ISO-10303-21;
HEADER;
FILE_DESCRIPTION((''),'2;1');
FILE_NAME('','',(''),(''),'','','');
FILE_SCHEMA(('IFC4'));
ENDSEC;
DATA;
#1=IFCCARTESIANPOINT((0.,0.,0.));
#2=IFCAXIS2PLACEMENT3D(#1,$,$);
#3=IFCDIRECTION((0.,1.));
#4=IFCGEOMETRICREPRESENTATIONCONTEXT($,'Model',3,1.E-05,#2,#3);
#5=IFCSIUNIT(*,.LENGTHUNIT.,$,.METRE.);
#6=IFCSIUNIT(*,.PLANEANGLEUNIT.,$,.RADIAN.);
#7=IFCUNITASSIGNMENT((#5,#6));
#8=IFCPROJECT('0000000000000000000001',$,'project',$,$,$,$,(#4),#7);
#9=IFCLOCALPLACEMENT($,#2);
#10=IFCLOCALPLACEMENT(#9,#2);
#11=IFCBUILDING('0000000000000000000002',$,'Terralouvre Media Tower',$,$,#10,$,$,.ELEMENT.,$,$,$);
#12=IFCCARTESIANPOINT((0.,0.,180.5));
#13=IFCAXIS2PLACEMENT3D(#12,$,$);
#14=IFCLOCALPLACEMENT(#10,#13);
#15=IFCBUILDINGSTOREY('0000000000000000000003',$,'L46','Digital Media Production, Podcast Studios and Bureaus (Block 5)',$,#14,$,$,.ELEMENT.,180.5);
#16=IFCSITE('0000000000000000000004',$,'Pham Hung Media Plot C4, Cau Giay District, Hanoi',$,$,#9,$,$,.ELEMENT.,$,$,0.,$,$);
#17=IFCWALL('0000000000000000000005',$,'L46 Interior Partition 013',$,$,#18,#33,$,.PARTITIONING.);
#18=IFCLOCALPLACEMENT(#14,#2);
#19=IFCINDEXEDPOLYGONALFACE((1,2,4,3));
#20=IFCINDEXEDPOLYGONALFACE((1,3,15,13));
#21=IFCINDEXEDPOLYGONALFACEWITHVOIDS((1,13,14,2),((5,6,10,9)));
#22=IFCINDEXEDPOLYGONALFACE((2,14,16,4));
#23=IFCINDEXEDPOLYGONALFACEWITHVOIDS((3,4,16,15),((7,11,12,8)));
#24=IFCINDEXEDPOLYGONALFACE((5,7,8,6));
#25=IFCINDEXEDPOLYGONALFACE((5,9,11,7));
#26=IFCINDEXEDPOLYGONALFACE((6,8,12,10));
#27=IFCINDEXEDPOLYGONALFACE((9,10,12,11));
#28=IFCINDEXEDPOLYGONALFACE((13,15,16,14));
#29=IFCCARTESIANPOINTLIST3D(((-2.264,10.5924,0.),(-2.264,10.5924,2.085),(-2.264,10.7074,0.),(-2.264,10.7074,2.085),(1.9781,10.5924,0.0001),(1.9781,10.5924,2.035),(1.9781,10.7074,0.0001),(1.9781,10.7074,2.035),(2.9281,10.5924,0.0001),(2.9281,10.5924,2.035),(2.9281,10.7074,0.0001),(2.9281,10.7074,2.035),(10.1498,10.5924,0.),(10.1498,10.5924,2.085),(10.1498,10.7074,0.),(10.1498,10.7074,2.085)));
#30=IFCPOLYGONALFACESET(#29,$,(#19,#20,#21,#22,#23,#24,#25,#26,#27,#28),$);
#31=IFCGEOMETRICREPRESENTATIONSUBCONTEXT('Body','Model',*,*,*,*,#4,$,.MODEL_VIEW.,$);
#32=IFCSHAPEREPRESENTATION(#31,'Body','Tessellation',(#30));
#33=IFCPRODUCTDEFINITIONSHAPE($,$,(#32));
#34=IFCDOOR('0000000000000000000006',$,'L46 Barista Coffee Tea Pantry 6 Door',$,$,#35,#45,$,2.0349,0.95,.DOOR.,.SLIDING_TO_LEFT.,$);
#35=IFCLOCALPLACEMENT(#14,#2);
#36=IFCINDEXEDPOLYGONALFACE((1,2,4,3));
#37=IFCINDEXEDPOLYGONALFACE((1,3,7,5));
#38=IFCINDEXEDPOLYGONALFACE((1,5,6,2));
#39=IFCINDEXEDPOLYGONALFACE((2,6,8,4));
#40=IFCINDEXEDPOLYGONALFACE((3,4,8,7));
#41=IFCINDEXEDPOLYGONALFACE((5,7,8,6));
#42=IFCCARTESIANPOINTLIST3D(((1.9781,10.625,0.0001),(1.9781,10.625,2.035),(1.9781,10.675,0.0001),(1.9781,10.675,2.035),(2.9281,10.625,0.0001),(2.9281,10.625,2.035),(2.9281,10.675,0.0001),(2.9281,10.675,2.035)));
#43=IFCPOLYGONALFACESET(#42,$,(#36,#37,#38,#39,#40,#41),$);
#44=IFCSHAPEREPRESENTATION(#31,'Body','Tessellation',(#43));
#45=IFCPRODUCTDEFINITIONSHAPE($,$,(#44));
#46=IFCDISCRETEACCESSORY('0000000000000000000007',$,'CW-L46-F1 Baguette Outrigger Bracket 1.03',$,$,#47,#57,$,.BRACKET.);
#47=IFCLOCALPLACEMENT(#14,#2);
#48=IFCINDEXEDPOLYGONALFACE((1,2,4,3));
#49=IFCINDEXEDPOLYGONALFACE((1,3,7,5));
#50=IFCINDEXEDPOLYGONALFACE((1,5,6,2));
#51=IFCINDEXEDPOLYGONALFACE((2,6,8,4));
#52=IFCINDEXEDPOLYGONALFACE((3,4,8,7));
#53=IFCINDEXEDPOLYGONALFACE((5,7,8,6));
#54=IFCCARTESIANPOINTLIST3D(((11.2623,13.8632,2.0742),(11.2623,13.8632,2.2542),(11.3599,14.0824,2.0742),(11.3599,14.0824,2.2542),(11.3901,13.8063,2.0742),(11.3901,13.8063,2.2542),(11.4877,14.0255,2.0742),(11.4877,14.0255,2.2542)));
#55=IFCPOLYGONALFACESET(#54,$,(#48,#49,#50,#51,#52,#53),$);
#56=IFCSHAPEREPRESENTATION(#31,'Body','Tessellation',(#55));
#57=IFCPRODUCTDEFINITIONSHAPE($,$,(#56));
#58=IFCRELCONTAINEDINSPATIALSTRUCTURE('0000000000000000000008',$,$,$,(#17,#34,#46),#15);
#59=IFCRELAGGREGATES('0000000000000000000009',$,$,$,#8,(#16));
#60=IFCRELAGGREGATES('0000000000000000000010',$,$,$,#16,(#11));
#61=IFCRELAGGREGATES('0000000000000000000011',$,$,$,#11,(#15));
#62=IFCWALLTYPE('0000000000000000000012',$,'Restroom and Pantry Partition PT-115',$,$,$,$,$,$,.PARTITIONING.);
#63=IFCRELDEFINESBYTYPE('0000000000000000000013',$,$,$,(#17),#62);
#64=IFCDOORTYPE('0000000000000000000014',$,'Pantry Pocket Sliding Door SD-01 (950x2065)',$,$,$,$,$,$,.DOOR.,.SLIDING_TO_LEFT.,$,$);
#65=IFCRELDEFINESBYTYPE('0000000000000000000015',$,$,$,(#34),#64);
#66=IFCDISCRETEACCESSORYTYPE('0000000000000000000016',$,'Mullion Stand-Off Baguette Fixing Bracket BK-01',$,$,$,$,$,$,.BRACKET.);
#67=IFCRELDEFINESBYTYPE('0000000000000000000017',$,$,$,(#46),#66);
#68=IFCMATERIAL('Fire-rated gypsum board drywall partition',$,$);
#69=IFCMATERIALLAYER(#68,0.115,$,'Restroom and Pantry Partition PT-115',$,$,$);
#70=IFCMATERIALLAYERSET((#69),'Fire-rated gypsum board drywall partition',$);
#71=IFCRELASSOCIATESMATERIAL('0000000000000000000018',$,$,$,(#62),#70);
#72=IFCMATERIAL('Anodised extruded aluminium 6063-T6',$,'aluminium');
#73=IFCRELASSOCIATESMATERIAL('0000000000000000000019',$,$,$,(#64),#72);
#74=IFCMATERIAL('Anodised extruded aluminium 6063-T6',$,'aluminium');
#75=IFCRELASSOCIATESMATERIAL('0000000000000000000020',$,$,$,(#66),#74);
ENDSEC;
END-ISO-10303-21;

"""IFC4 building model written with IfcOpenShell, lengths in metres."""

from ifc_helpers import new_model, si_unit, direction, frame, frame_2d, origin, origin_2d, place, context, subcontext, project, spatial, rectangle, extrude, material, layer, layer_set, type_object, element, fill, save


model = new_model("IFC4")

# Units and contexts
model_context = context("Model", 3, precision=1e-05, world=origin(), true_north=direction((0.0, 1.0)))
body_context = subcontext(model_context, "Body", "Model", "MODEL_VIEW")
ifc_project = project(units=[si_unit("LENGTHUNIT", "METRE"), si_unit("PLANEANGLEUNIT", "RADIAN")], contexts=[model_context])

# Site, building, storey
site_placement = place(None, origin())
site = spatial("IfcSite", under=ifc_project, at=site_placement, Name="Pham Hung Media Plot C4, Cau Giay District, Hanoi", CompositionType="ELEMENT", RefElevation=0.0)
building_placement = place(site_placement, origin())
building = spatial("IfcBuilding", under=site, at=building_placement, Name="Terralouvre Media Tower", CompositionType="ELEMENT")
storey_placement = place(building_placement, frame((0.0, 0.0, 180.5)))
storey = spatial("IfcBuildingStorey", under=building, at=storey_placement, Name="L46", Description="Digital Media Production, Podcast Studios and Bureaus (Block 5)", CompositionType="ELEMENT", Elevation=180.5)

# Shared definitions
ifc_material_1 = material(Name="Fire-rated gypsum board drywall partition")
ifc_layer_1 = layer(ifc_material_1, 0.115, Name="Restroom and Pantry Partition PT-115")
ifc_layer_set_1 = layer_set([ifc_layer_1], Name="Fire-rated gypsum board drywall partition")
wall_type_1 = type_object("IfcWallType", Name="Restroom and Pantry Partition PT-115", PredefinedType="PARTITIONING", material=ifc_layer_set_1)

# Wall, opening, door
wall_1_placement = place(storey_placement, frame((10.1499, 10.6499, 0.0), z_axis=(0.0, 0.0, 1.0), x_axis=(-1.0, 0.0, 0.0)))
wall_1 = element("IfcWall", 1, at=wall_1_placement, inside=storey, type_object=wall_type_1, Name="L46 Interior Partition 013", PredefinedType="PARTITIONING", context=body_context, shape_type="SweptSolid", body=[
    extrude(rectangle(XDim=12.4138, YDim=0.115, at=frame_2d((6.207, 0.0))), origin(), (0.0, 0.0, 1.0), 2.085),
])
opening_placement = place(wall_1_placement, frame((7.2217, 0.0, 0.0)))
opening = element("IfcOpeningElement", 2, at=opening_placement, cuts=wall_1, PredefinedType="OPENING", context=body_context, shape_type="SweptSolid", body=[
    extrude(rectangle(XDim=0.95, YDim=2.0349, at=frame_2d((0.4751, 1.0176))), frame((0.0, 0.0674, 0.0), z_axis=(0.0, -1.0, 0.0), x_axis=(1.0, 0.0, 0.0)), (0.0, 0.0, 1.0), 0.135),
])
ifc_material_2 = material(Name="Anodised extruded aluminium 6063-T6", Category="aluminium")
door_type = type_object("IfcDoorType", Name="Pantry Pocket Sliding Door SD-01 (950x2065)", OperationType="SLIDING_TO_LEFT", PredefinedType="DOOR", material=ifc_material_2)
door_placement = place(opening_placement, origin())
door = element("IfcDoor", 3, at=door_placement, inside=storey, type_object=door_type, Name="L46 Barista Coffee Tea Pantry 6 Door", OperationType="SLIDING_TO_LEFT", OverallHeight=2.0349, OverallWidth=0.95, PredefinedType="DOOR", context=body_context, shape_type="SweptSolid", body=[
    extrude(rectangle(XDim=0.95, YDim=2.0349, at=frame_2d((0.4751, 1.0176))), frame((0.0, 0.0249, 0.0), z_axis=(0.0, -1.0, 0.0), x_axis=(1.0, 0.0, 0.0)), (0.0, 0.0, 1.0), 0.05),
])
fill(opening, door)

# Discrete accessory
ifc_material_3 = material(Name="Anodised extruded aluminium 6063-T6", Category="aluminium")
discrete_accessory_type = type_object("IfcDiscreteAccessoryType", Name="Mullion Stand-Off Baguette Fixing Bracket BK-01", PredefinedType="BRACKET", material=ifc_material_3)
discrete_accessory_placement = place(storey_placement, frame((11.375, 13.9443, 2.0742), z_axis=(0.0, 0.0, 1.0), x_axis=(-0.913545, 0.406737, 0.0)))
element("IfcDiscreteAccessory", 4, at=discrete_accessory_placement, inside=storey, type_object=discrete_accessory_type, Name="CW-L46-F1 Baguette Outrigger Bracket 1.03", PredefinedType="BRACKET", context=body_context, shape_type="SweptSolid", body=[
    extrude(rectangle(XDim=0.1399, YDim=0.24, at=origin_2d()), origin(), (0.0, 0.0, 1.0), 0.1799),
])

save(model, "model.ifc")
